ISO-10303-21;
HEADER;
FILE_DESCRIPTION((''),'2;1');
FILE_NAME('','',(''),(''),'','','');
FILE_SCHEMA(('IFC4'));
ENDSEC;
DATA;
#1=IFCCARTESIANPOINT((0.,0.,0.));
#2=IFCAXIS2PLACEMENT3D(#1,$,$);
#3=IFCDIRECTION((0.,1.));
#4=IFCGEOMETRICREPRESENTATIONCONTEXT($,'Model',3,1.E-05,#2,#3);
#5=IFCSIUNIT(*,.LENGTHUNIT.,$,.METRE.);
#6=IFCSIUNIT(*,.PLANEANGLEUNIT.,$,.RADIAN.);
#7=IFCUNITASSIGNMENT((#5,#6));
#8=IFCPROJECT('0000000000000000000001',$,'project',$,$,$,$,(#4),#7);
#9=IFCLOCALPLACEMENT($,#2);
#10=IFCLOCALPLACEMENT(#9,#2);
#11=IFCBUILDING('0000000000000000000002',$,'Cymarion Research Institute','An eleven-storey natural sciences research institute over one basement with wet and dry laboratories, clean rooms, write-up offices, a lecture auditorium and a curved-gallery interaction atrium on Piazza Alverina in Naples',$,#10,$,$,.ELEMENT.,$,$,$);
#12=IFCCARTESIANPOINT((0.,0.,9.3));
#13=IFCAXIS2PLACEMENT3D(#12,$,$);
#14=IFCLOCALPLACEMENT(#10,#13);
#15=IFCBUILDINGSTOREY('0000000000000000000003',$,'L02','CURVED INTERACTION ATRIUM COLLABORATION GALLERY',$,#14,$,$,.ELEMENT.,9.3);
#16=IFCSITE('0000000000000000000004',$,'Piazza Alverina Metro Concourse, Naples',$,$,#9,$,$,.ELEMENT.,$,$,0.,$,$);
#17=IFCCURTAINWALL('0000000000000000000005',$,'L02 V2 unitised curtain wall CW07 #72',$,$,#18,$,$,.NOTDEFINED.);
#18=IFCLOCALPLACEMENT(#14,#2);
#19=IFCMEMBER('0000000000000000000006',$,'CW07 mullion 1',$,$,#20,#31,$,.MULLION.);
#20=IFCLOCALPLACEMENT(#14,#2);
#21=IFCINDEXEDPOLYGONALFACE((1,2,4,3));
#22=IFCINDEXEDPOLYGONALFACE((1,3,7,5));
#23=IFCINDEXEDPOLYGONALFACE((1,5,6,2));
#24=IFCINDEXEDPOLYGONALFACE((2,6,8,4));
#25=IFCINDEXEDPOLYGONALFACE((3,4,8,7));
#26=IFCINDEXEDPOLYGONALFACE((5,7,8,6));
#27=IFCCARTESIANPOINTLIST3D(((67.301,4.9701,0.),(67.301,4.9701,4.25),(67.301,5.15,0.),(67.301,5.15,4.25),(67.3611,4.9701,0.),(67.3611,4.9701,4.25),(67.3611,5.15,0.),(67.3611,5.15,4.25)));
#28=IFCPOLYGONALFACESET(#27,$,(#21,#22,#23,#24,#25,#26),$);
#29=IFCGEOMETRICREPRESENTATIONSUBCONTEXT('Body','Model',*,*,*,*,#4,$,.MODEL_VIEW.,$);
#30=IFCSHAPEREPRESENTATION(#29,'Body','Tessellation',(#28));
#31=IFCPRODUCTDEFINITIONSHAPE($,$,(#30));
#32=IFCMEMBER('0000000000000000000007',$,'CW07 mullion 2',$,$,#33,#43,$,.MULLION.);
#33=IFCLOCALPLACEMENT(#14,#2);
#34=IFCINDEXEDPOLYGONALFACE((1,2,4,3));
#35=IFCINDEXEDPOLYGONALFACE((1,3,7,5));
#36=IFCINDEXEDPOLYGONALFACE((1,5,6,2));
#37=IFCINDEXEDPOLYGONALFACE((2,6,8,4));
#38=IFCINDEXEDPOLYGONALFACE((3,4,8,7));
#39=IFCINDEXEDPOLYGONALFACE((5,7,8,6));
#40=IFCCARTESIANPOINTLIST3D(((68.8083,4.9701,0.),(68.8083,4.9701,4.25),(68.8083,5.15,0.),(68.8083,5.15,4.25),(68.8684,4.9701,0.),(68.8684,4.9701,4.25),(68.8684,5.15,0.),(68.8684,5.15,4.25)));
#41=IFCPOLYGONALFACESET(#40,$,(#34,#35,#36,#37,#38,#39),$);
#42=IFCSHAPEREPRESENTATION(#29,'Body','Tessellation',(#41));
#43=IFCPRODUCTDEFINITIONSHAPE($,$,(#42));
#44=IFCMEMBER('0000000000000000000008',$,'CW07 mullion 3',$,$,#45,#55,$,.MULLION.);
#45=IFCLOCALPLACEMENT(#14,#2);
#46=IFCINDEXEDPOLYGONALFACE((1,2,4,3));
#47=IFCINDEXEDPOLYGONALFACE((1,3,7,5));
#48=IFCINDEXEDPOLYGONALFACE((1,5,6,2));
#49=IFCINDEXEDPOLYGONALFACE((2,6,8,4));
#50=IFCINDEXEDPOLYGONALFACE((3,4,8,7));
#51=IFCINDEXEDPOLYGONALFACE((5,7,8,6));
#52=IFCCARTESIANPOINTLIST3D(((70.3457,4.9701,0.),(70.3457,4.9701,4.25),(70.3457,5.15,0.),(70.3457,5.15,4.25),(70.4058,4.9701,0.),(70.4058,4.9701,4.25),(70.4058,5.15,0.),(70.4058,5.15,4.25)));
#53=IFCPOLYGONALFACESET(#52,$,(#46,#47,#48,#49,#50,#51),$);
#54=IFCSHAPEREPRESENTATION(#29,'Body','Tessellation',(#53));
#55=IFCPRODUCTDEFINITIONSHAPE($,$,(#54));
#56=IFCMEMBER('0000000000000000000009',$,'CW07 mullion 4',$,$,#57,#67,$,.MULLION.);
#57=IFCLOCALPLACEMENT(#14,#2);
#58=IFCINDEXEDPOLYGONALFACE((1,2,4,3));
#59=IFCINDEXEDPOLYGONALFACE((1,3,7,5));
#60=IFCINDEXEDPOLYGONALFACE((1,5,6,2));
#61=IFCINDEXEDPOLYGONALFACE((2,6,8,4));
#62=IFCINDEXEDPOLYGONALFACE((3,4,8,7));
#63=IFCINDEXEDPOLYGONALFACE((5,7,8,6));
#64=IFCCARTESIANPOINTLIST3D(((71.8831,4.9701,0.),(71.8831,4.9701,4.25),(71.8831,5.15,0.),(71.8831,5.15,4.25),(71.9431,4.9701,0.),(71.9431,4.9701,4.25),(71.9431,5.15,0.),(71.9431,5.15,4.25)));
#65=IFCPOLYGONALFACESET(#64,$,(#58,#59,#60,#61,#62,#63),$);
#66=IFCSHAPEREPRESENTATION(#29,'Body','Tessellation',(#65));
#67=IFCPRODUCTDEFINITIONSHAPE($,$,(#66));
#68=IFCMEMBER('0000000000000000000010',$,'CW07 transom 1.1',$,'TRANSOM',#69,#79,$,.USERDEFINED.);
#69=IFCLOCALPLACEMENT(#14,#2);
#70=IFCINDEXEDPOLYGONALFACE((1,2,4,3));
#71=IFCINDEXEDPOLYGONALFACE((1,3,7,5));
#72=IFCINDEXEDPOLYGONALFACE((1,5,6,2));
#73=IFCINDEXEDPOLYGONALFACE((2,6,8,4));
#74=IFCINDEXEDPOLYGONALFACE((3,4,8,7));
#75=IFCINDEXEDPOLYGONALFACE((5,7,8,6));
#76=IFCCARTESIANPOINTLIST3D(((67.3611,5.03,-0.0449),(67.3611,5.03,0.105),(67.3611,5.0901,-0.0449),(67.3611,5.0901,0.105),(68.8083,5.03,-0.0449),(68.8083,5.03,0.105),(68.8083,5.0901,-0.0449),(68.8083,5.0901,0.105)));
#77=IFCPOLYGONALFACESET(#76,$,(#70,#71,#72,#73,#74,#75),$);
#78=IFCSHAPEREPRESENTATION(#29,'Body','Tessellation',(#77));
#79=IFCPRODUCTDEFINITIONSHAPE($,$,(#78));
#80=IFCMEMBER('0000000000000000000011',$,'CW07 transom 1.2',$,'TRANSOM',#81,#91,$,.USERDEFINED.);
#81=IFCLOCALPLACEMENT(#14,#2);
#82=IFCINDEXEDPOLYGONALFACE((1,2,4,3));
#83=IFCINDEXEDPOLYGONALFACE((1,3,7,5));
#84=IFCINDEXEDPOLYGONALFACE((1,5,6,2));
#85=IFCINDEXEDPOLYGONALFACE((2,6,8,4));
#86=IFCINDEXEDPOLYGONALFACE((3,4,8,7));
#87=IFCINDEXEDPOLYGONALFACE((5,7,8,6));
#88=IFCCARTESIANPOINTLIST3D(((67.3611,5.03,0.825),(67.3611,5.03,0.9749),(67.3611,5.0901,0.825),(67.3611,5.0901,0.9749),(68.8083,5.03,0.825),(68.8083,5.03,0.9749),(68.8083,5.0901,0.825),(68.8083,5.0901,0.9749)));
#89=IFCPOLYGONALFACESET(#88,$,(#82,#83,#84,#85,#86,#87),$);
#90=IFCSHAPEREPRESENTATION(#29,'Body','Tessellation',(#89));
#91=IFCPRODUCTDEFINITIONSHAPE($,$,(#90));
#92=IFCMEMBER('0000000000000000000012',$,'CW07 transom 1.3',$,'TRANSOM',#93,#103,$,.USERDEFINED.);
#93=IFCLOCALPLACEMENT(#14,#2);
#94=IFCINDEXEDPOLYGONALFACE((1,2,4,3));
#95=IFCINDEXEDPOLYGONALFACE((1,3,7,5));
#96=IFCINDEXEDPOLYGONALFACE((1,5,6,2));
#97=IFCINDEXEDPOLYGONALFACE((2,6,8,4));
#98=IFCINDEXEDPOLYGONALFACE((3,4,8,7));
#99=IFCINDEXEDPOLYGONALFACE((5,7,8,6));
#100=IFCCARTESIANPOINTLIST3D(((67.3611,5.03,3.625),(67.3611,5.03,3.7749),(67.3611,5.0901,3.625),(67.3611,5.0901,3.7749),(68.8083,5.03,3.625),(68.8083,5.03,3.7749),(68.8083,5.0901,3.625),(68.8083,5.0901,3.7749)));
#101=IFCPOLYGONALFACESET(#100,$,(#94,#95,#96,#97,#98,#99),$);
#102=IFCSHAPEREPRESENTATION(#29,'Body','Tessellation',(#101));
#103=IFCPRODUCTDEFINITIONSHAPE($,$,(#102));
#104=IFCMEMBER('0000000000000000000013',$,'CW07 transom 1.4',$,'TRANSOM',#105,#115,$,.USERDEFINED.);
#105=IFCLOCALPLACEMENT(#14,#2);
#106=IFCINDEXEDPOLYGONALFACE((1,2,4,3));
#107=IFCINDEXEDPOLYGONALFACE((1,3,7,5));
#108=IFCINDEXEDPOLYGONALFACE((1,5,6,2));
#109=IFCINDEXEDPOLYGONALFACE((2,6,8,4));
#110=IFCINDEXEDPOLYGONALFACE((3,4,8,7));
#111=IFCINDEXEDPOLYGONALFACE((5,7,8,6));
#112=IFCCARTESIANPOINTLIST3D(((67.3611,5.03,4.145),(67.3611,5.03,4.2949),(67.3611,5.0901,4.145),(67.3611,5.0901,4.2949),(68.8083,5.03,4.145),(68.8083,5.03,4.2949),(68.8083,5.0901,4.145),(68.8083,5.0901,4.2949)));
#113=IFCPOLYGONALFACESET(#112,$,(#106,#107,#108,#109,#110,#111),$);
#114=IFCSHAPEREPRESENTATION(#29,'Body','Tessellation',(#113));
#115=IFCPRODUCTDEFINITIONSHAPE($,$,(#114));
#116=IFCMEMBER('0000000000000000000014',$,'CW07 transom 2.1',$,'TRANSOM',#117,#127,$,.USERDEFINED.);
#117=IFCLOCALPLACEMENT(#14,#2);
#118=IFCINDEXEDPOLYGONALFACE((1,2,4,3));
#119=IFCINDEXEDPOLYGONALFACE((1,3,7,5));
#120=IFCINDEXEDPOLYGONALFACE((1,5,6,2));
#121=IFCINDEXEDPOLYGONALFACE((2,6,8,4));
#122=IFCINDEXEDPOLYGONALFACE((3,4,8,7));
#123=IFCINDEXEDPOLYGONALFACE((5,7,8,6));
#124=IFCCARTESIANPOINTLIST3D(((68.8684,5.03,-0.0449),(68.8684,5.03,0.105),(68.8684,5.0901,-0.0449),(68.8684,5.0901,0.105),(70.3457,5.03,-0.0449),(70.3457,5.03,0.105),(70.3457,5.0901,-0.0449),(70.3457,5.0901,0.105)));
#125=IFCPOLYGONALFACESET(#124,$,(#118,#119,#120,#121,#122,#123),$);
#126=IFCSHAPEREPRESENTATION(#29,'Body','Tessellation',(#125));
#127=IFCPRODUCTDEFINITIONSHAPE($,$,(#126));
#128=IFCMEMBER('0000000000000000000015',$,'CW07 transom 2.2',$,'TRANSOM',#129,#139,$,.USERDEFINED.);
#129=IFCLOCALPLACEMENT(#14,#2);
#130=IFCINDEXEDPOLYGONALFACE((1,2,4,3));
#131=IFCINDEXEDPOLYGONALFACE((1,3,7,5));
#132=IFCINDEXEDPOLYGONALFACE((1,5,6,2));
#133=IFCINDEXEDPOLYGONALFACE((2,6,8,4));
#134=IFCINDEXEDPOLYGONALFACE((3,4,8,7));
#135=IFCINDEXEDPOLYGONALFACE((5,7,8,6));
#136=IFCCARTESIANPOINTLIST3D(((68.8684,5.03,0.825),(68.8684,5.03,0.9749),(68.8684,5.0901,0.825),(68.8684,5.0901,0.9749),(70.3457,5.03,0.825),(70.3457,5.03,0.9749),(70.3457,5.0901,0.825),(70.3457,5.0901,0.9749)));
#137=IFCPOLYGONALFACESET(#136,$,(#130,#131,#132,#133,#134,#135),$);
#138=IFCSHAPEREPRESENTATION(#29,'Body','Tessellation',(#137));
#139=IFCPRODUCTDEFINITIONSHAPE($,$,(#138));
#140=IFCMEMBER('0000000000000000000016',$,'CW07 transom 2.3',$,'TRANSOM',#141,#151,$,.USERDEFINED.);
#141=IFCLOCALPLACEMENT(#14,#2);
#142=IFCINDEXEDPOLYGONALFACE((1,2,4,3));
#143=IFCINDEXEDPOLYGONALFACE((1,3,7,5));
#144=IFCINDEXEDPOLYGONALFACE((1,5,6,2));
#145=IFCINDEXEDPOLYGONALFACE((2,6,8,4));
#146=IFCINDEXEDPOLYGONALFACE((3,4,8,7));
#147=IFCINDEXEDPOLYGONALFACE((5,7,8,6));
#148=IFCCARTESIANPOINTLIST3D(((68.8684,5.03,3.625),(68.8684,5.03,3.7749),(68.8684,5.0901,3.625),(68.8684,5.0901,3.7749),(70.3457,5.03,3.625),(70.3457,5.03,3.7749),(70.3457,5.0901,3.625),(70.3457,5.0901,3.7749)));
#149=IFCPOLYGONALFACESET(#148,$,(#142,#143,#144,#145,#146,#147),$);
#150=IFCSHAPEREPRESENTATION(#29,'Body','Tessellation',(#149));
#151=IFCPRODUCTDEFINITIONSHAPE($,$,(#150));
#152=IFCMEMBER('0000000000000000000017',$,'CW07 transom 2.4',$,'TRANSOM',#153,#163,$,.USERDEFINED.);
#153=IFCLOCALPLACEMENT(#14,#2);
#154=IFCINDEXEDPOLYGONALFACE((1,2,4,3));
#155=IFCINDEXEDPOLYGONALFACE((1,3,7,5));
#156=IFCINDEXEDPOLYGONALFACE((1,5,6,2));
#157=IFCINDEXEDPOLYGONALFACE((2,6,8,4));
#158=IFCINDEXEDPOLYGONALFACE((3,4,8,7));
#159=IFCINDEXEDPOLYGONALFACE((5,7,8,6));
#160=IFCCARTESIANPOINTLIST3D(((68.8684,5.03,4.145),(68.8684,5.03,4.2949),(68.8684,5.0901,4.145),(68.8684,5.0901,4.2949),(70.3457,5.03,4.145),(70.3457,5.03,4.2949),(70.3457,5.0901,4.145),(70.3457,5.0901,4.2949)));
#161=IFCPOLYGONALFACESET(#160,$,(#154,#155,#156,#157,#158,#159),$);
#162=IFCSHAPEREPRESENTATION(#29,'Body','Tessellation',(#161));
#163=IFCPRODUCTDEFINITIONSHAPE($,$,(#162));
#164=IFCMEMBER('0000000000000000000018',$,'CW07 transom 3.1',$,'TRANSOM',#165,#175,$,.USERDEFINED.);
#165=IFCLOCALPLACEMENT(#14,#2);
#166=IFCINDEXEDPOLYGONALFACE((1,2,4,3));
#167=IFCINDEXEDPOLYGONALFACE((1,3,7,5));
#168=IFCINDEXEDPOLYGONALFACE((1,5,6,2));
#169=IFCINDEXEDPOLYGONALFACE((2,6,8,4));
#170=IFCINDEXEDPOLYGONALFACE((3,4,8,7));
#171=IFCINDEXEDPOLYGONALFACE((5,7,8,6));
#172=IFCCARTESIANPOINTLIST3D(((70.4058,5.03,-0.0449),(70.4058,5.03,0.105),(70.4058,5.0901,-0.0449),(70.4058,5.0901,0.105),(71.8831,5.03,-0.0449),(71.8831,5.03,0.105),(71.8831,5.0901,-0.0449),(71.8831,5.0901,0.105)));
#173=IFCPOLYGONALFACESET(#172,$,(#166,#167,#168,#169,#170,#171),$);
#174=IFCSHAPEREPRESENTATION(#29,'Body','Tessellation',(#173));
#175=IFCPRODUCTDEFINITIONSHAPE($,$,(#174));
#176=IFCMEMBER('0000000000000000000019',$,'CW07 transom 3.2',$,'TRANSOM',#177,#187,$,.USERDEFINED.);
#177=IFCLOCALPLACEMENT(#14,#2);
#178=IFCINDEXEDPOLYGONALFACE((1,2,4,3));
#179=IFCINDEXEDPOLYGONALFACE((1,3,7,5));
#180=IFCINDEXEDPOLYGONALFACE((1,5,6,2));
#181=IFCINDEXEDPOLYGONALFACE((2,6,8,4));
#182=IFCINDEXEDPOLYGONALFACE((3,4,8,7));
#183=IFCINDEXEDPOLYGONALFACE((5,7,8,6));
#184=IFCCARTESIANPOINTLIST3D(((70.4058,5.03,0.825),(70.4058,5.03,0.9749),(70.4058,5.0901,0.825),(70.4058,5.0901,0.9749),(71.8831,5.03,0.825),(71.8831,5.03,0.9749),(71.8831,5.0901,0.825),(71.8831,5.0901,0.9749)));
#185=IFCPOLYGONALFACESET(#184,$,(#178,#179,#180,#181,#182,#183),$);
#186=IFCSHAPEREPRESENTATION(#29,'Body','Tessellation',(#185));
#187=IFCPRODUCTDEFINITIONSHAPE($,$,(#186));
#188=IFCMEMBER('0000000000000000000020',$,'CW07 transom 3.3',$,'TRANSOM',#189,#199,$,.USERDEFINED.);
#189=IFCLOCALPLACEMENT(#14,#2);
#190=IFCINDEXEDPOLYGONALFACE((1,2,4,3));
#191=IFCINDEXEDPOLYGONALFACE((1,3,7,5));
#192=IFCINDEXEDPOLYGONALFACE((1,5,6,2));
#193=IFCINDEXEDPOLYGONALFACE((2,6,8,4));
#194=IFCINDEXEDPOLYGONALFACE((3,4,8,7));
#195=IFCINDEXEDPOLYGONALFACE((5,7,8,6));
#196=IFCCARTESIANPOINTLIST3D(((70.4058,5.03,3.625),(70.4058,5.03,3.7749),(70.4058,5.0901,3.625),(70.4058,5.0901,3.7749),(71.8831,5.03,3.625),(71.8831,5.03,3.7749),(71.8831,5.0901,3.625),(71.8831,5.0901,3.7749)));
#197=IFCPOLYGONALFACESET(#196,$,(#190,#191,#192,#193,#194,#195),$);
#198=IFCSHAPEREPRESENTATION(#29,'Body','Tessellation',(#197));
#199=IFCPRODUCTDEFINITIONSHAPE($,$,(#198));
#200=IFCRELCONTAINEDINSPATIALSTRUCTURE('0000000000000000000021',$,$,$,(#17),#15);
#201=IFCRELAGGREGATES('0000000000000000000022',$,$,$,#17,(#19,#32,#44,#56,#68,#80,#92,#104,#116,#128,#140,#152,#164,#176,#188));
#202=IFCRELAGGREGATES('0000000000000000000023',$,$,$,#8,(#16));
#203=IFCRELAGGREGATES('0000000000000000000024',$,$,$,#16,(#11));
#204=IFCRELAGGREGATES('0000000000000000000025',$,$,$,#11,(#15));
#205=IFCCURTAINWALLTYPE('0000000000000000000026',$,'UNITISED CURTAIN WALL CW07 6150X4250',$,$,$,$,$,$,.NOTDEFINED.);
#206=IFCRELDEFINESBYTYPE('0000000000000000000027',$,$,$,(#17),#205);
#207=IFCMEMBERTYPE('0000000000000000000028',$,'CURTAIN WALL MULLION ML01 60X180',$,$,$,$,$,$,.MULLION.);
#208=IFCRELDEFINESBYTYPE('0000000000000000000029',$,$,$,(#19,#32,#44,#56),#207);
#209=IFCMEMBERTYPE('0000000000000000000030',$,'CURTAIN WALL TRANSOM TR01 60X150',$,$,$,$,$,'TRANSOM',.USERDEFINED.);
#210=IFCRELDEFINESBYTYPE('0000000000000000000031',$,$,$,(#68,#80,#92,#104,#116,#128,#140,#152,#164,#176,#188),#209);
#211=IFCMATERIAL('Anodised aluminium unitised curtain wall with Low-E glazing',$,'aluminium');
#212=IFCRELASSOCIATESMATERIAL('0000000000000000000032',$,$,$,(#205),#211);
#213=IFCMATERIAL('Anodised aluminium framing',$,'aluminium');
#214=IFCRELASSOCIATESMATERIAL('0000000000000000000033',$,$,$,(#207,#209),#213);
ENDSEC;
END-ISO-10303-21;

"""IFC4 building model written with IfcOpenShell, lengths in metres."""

from ifc_helpers import new_model, si_unit, direction, frame, origin, origin_2d, place, context, subcontext, project, spatial, rectangle, extrude, material, material_profile, profile_set, type_object, element, aggregate, save


model = new_model("IFC4")

# Units and contexts
model_context = context("Model", 3, precision=1e-05, world=origin(), true_north=direction((0.0, 1.0)))
body_context = subcontext(model_context, "Body", "Model", "MODEL_VIEW")
ifc_project = project(units=[si_unit("LENGTHUNIT", "METRE"), si_unit("PLANEANGLEUNIT", "RADIAN")], contexts=[model_context])

# Site, building, storey
site_placement = place(None, origin())
site = spatial("IfcSite", under=ifc_project, at=site_placement, Name="Piazza Alverina Metro Concourse, Naples", CompositionType="ELEMENT", RefElevation=0.0)
building_placement = place(site_placement, origin())
building = spatial("IfcBuilding", under=site, at=building_placement, Name="Cymarion Research Institute", Description="An eleven-storey natural sciences research institute over one basement with wet and dry laboratories, clean rooms, write-up offices, a lecture auditorium and a curved-gallery interaction atrium on Piazza Alverina in Naples", CompositionType="ELEMENT")
storey_placement = place(building_placement, frame((0.0, 0.0, 9.3)))
storey = spatial("IfcBuildingStorey", under=building, at=storey_placement, Name="L02", Description="CURVED INTERACTION ATRIUM COLLABORATION GALLERY", CompositionType="ELEMENT", Elevation=9.3)

# Curtain wall, members
ifc_material_1 = material(Name="Anodised aluminium unitised curtain wall with Low-E glazing", Category="aluminium")
curtain_wall_type = type_object("IfcCurtainWallType", Name="UNITISED CURTAIN WALL CW07 6150X4250", PredefinedType="NOTDEFINED", material=ifc_material_1)
curtain_wall_placement = place(storey_placement, origin())
curtain_wall = element("IfcCurtainWall", 1, at=curtain_wall_placement, inside=storey, type_object=curtain_wall_type, Name="L02 V2 unitised curtain wall CW07 #72", PredefinedType="NOTDEFINED")
ifc_material_2 = material(Name="Anodised aluminium framing", Category="aluminium")
ifc_material_profile_1 = material_profile(ifc_material_2, rectangle(XDim=0.0601, YDim=0.1799, at=origin_2d()), Name="ALU MULLION 60x180")
ifc_profile_set_1 = profile_set([ifc_material_profile_1], Name="Anodised aluminium framing")
member_type_1 = type_object("IfcMemberType", Name="CURTAIN WALL MULLION ML01 60X180", PredefinedType="MULLION", material=ifc_profile_set_1)
member_1_placement = place(storey_placement, frame((67.3311, 5.0601, 0.0), z_axis=(0.0, 0.0, 1.0), x_axis=(1.0, 0.0, 0.0)))
member_1 = element("IfcMember", 2, at=member_1_placement, type_object=member_type_1, Name="CW07 mullion 1", PredefinedType="MULLION", context=body_context, shape_type="SweptSolid", body=[
    extrude(rectangle(XDim=0.0601, YDim=0.1799, at=origin_2d()), origin(), (0.0, 0.0, 1.0), 4.25),
])
member_2_placement = place(storey_placement, frame((68.8384, 5.0601, 0.0), z_axis=(0.0, 0.0, 1.0), x_axis=(1.0, 0.0, 0.0)))
member_2 = element("IfcMember", 3, at=member_2_placement, type_object=member_type_1, Name="CW07 mullion 2", PredefinedType="MULLION", context=body_context, shape_type="SweptSolid", body=[
    extrude(rectangle(XDim=0.0601, YDim=0.1799, at=origin_2d()), origin(), (0.0, 0.0, 1.0), 4.25),
])
member_3_placement = place(storey_placement, frame((70.3757, 5.0601, 0.0), z_axis=(0.0, 0.0, 1.0), x_axis=(1.0, 0.0, 0.0)))
member_3 = element("IfcMember", 4, at=member_3_placement, type_object=member_type_1, Name="CW07 mullion 3", PredefinedType="MULLION", context=body_context, shape_type="SweptSolid", body=[
    extrude(rectangle(XDim=0.0601, YDim=0.1799, at=origin_2d()), origin(), (0.0, 0.0, 1.0), 4.25),
])
member_4_placement = place(storey_placement, frame((71.9131, 5.0601, 0.0), z_axis=(0.0, 0.0, 1.0), x_axis=(1.0, 0.0, 0.0)))
member_4 = element("IfcMember", 5, at=member_4_placement, type_object=member_type_1, Name="CW07 mullion 4", PredefinedType="MULLION", context=body_context, shape_type="SweptSolid", body=[
    extrude(rectangle(XDim=0.0601, YDim=0.1799, at=origin_2d()), origin(), (0.0, 0.0, 1.0), 4.25),
])
ifc_material_profile_2 = material_profile(ifc_material_2, rectangle(XDim=0.0601, YDim=0.1499, at=origin_2d()), Name="ALU TRANSOM 60x150")
ifc_profile_set_2 = profile_set([ifc_material_profile_2], Name="Anodised aluminium framing")
member_type_2 = type_object("IfcMemberType", Name="CURTAIN WALL TRANSOM TR01 60X150", ElementType="TRANSOM", PredefinedType="USERDEFINED", material=ifc_profile_set_2)
member_5_placement = place(storey_placement, frame((67.3611, 5.0601, 0.03), z_axis=(1.0, 0.0, 0.0), x_axis=(0.0, 1.0, 0.0)))
member_5 = element("IfcMember", 6, at=member_5_placement, type_object=member_type_2, Name="CW07 transom 1.1", ObjectType="TRANSOM", PredefinedType="USERDEFINED", context=body_context, shape_type="SweptSolid", body=[
    extrude(rectangle(XDim=0.0601, YDim=0.1499, at=origin_2d()), origin(), (0.0, 0.0, 1.0), 1.4473),
])
member_6_placement = place(storey_placement, frame((67.3611, 5.0601, 0.8999), z_axis=(1.0, 0.0, 0.0), x_axis=(0.0, 1.0, 0.0)))
member_6 = element("IfcMember", 7, at=member_6_placement, type_object=member_type_2, Name="CW07 transom 1.2", ObjectType="TRANSOM", PredefinedType="USERDEFINED", context=body_context, shape_type="SweptSolid", body=[
    extrude(rectangle(XDim=0.0601, YDim=0.1499, at=origin_2d()), origin(), (0.0, 0.0, 1.0), 1.4473),
])
member_7_placement = place(storey_placement, frame((67.3611, 5.0601, 3.7), z_axis=(1.0, 0.0, 0.0), x_axis=(0.0, 1.0, 0.0)))
member_7 = element("IfcMember", 8, at=member_7_placement, type_object=member_type_2, Name="CW07 transom 1.3", ObjectType="TRANSOM", PredefinedType="USERDEFINED", context=body_context, shape_type="SweptSolid", body=[
    extrude(rectangle(XDim=0.0601, YDim=0.1499, at=origin_2d()), origin(), (0.0, 0.0, 1.0), 1.4473),
])
member_8_placement = place(storey_placement, frame((67.3611, 5.0601, 4.22), z_axis=(1.0, 0.0, 0.0), x_axis=(0.0, 1.0, 0.0)))
member_8 = element("IfcMember", 9, at=member_8_placement, type_object=member_type_2, Name="CW07 transom 1.4", ObjectType="TRANSOM", PredefinedType="USERDEFINED", context=body_context, shape_type="SweptSolid", body=[
    extrude(rectangle(XDim=0.0601, YDim=0.1499, at=origin_2d()), origin(), (0.0, 0.0, 1.0), 1.4473),
])
member_9_placement = place(storey_placement, frame((68.8684, 5.0601, 0.03), z_axis=(1.0, 0.0, 0.0), x_axis=(0.0, 1.0, 0.0)))
member_9 = element("IfcMember", 10, at=member_9_placement, type_object=member_type_2, Name="CW07 transom 2.1", ObjectType="TRANSOM", PredefinedType="USERDEFINED", context=body_context, shape_type="SweptSolid", body=[
    extrude(rectangle(XDim=0.0601, YDim=0.1499, at=origin_2d()), origin(), (0.0, 0.0, 1.0), 1.4773),
])
member_10_placement = place(storey_placement, frame((68.8684, 5.0601, 0.8999), z_axis=(1.0, 0.0, 0.0), x_axis=(0.0, 1.0, 0.0)))
member_10 = element("IfcMember", 11, at=member_10_placement, type_object=member_type_2, Name="CW07 transom 2.2", ObjectType="TRANSOM", PredefinedType="USERDEFINED", context=body_context, shape_type="SweptSolid", body=[
    extrude(rectangle(XDim=0.0601, YDim=0.1499, at=origin_2d()), origin(), (0.0, 0.0, 1.0), 1.4773),
])
member_11_placement = place(storey_placement, frame((68.8684, 5.0601, 3.7), z_axis=(1.0, 0.0, 0.0), x_axis=(0.0, 1.0, 0.0)))
member_11 = element("IfcMember", 12, at=member_11_placement, type_object=member_type_2, Name="CW07 transom 2.3", ObjectType="TRANSOM", PredefinedType="USERDEFINED", context=body_context, shape_type="SweptSolid", body=[
    extrude(rectangle(XDim=0.0601, YDim=0.1499, at=origin_2d()), origin(), (0.0, 0.0, 1.0), 1.4773),
])
member_12_placement = place(storey_placement, frame((68.8684, 5.0601, 4.22), z_axis=(1.0, 0.0, 0.0), x_axis=(0.0, 1.0, 0.0)))
member_12 = element("IfcMember", 13, at=member_12_placement, type_object=member_type_2, Name="CW07 transom 2.4", ObjectType="TRANSOM", PredefinedType="USERDEFINED", context=body_context, shape_type="SweptSolid", body=[
    extrude(rectangle(XDim=0.0601, YDim=0.1499, at=origin_2d()), origin(), (0.0, 0.0, 1.0), 1.4773),
])
member_13_placement = place(storey_placement, frame((70.4058, 5.0601, 0.03), z_axis=(1.0, 0.0, 0.0), x_axis=(0.0, 1.0, 0.0)))
member_13 = element("IfcMember", 14, at=member_13_placement, type_object=member_type_2, Name="CW07 transom 3.1", ObjectType="TRANSOM", PredefinedType="USERDEFINED", context=body_context, shape_type="SweptSolid", body=[
    extrude(rectangle(XDim=0.0601, YDim=0.1499, at=origin_2d()), origin(), (0.0, 0.0, 1.0), 1.4773),
])
member_14_placement = place(storey_placement, frame((70.4058, 5.0601, 0.8999), z_axis=(1.0, 0.0, 0.0), x_axis=(0.0, 1.0, 0.0)))
member_14 = element("IfcMember", 15, at=member_14_placement, type_object=member_type_2, Name="CW07 transom 3.2", ObjectType="TRANSOM", PredefinedType="USERDEFINED", context=body_context, shape_type="SweptSolid", body=[
    extrude(rectangle(XDim=0.0601, YDim=0.1499, at=origin_2d()), origin(), (0.0, 0.0, 1.0), 1.4773),
])
member_15_placement = place(storey_placement, frame((70.4058, 5.0601, 3.7), z_axis=(1.0, 0.0, 0.0), x_axis=(0.0, 1.0, 0.0)))
member_15 = element("IfcMember", 16, at=member_15_placement, type_object=member_type_2, Name="CW07 transom 3.3", ObjectType="TRANSOM", PredefinedType="USERDEFINED", context=body_context, shape_type="SweptSolid", body=[
    extrude(rectangle(XDim=0.0601, YDim=0.1499, at=origin_2d()), origin(), (0.0, 0.0, 1.0), 1.4773),
])
aggregate(curtain_wall, [member_1, member_2, member_3, member_4, member_5, member_6, member_7, member_8, member_9, member_10, member_11, member_12, member_13, member_14, member_15])

save(model, "model.ifc")
